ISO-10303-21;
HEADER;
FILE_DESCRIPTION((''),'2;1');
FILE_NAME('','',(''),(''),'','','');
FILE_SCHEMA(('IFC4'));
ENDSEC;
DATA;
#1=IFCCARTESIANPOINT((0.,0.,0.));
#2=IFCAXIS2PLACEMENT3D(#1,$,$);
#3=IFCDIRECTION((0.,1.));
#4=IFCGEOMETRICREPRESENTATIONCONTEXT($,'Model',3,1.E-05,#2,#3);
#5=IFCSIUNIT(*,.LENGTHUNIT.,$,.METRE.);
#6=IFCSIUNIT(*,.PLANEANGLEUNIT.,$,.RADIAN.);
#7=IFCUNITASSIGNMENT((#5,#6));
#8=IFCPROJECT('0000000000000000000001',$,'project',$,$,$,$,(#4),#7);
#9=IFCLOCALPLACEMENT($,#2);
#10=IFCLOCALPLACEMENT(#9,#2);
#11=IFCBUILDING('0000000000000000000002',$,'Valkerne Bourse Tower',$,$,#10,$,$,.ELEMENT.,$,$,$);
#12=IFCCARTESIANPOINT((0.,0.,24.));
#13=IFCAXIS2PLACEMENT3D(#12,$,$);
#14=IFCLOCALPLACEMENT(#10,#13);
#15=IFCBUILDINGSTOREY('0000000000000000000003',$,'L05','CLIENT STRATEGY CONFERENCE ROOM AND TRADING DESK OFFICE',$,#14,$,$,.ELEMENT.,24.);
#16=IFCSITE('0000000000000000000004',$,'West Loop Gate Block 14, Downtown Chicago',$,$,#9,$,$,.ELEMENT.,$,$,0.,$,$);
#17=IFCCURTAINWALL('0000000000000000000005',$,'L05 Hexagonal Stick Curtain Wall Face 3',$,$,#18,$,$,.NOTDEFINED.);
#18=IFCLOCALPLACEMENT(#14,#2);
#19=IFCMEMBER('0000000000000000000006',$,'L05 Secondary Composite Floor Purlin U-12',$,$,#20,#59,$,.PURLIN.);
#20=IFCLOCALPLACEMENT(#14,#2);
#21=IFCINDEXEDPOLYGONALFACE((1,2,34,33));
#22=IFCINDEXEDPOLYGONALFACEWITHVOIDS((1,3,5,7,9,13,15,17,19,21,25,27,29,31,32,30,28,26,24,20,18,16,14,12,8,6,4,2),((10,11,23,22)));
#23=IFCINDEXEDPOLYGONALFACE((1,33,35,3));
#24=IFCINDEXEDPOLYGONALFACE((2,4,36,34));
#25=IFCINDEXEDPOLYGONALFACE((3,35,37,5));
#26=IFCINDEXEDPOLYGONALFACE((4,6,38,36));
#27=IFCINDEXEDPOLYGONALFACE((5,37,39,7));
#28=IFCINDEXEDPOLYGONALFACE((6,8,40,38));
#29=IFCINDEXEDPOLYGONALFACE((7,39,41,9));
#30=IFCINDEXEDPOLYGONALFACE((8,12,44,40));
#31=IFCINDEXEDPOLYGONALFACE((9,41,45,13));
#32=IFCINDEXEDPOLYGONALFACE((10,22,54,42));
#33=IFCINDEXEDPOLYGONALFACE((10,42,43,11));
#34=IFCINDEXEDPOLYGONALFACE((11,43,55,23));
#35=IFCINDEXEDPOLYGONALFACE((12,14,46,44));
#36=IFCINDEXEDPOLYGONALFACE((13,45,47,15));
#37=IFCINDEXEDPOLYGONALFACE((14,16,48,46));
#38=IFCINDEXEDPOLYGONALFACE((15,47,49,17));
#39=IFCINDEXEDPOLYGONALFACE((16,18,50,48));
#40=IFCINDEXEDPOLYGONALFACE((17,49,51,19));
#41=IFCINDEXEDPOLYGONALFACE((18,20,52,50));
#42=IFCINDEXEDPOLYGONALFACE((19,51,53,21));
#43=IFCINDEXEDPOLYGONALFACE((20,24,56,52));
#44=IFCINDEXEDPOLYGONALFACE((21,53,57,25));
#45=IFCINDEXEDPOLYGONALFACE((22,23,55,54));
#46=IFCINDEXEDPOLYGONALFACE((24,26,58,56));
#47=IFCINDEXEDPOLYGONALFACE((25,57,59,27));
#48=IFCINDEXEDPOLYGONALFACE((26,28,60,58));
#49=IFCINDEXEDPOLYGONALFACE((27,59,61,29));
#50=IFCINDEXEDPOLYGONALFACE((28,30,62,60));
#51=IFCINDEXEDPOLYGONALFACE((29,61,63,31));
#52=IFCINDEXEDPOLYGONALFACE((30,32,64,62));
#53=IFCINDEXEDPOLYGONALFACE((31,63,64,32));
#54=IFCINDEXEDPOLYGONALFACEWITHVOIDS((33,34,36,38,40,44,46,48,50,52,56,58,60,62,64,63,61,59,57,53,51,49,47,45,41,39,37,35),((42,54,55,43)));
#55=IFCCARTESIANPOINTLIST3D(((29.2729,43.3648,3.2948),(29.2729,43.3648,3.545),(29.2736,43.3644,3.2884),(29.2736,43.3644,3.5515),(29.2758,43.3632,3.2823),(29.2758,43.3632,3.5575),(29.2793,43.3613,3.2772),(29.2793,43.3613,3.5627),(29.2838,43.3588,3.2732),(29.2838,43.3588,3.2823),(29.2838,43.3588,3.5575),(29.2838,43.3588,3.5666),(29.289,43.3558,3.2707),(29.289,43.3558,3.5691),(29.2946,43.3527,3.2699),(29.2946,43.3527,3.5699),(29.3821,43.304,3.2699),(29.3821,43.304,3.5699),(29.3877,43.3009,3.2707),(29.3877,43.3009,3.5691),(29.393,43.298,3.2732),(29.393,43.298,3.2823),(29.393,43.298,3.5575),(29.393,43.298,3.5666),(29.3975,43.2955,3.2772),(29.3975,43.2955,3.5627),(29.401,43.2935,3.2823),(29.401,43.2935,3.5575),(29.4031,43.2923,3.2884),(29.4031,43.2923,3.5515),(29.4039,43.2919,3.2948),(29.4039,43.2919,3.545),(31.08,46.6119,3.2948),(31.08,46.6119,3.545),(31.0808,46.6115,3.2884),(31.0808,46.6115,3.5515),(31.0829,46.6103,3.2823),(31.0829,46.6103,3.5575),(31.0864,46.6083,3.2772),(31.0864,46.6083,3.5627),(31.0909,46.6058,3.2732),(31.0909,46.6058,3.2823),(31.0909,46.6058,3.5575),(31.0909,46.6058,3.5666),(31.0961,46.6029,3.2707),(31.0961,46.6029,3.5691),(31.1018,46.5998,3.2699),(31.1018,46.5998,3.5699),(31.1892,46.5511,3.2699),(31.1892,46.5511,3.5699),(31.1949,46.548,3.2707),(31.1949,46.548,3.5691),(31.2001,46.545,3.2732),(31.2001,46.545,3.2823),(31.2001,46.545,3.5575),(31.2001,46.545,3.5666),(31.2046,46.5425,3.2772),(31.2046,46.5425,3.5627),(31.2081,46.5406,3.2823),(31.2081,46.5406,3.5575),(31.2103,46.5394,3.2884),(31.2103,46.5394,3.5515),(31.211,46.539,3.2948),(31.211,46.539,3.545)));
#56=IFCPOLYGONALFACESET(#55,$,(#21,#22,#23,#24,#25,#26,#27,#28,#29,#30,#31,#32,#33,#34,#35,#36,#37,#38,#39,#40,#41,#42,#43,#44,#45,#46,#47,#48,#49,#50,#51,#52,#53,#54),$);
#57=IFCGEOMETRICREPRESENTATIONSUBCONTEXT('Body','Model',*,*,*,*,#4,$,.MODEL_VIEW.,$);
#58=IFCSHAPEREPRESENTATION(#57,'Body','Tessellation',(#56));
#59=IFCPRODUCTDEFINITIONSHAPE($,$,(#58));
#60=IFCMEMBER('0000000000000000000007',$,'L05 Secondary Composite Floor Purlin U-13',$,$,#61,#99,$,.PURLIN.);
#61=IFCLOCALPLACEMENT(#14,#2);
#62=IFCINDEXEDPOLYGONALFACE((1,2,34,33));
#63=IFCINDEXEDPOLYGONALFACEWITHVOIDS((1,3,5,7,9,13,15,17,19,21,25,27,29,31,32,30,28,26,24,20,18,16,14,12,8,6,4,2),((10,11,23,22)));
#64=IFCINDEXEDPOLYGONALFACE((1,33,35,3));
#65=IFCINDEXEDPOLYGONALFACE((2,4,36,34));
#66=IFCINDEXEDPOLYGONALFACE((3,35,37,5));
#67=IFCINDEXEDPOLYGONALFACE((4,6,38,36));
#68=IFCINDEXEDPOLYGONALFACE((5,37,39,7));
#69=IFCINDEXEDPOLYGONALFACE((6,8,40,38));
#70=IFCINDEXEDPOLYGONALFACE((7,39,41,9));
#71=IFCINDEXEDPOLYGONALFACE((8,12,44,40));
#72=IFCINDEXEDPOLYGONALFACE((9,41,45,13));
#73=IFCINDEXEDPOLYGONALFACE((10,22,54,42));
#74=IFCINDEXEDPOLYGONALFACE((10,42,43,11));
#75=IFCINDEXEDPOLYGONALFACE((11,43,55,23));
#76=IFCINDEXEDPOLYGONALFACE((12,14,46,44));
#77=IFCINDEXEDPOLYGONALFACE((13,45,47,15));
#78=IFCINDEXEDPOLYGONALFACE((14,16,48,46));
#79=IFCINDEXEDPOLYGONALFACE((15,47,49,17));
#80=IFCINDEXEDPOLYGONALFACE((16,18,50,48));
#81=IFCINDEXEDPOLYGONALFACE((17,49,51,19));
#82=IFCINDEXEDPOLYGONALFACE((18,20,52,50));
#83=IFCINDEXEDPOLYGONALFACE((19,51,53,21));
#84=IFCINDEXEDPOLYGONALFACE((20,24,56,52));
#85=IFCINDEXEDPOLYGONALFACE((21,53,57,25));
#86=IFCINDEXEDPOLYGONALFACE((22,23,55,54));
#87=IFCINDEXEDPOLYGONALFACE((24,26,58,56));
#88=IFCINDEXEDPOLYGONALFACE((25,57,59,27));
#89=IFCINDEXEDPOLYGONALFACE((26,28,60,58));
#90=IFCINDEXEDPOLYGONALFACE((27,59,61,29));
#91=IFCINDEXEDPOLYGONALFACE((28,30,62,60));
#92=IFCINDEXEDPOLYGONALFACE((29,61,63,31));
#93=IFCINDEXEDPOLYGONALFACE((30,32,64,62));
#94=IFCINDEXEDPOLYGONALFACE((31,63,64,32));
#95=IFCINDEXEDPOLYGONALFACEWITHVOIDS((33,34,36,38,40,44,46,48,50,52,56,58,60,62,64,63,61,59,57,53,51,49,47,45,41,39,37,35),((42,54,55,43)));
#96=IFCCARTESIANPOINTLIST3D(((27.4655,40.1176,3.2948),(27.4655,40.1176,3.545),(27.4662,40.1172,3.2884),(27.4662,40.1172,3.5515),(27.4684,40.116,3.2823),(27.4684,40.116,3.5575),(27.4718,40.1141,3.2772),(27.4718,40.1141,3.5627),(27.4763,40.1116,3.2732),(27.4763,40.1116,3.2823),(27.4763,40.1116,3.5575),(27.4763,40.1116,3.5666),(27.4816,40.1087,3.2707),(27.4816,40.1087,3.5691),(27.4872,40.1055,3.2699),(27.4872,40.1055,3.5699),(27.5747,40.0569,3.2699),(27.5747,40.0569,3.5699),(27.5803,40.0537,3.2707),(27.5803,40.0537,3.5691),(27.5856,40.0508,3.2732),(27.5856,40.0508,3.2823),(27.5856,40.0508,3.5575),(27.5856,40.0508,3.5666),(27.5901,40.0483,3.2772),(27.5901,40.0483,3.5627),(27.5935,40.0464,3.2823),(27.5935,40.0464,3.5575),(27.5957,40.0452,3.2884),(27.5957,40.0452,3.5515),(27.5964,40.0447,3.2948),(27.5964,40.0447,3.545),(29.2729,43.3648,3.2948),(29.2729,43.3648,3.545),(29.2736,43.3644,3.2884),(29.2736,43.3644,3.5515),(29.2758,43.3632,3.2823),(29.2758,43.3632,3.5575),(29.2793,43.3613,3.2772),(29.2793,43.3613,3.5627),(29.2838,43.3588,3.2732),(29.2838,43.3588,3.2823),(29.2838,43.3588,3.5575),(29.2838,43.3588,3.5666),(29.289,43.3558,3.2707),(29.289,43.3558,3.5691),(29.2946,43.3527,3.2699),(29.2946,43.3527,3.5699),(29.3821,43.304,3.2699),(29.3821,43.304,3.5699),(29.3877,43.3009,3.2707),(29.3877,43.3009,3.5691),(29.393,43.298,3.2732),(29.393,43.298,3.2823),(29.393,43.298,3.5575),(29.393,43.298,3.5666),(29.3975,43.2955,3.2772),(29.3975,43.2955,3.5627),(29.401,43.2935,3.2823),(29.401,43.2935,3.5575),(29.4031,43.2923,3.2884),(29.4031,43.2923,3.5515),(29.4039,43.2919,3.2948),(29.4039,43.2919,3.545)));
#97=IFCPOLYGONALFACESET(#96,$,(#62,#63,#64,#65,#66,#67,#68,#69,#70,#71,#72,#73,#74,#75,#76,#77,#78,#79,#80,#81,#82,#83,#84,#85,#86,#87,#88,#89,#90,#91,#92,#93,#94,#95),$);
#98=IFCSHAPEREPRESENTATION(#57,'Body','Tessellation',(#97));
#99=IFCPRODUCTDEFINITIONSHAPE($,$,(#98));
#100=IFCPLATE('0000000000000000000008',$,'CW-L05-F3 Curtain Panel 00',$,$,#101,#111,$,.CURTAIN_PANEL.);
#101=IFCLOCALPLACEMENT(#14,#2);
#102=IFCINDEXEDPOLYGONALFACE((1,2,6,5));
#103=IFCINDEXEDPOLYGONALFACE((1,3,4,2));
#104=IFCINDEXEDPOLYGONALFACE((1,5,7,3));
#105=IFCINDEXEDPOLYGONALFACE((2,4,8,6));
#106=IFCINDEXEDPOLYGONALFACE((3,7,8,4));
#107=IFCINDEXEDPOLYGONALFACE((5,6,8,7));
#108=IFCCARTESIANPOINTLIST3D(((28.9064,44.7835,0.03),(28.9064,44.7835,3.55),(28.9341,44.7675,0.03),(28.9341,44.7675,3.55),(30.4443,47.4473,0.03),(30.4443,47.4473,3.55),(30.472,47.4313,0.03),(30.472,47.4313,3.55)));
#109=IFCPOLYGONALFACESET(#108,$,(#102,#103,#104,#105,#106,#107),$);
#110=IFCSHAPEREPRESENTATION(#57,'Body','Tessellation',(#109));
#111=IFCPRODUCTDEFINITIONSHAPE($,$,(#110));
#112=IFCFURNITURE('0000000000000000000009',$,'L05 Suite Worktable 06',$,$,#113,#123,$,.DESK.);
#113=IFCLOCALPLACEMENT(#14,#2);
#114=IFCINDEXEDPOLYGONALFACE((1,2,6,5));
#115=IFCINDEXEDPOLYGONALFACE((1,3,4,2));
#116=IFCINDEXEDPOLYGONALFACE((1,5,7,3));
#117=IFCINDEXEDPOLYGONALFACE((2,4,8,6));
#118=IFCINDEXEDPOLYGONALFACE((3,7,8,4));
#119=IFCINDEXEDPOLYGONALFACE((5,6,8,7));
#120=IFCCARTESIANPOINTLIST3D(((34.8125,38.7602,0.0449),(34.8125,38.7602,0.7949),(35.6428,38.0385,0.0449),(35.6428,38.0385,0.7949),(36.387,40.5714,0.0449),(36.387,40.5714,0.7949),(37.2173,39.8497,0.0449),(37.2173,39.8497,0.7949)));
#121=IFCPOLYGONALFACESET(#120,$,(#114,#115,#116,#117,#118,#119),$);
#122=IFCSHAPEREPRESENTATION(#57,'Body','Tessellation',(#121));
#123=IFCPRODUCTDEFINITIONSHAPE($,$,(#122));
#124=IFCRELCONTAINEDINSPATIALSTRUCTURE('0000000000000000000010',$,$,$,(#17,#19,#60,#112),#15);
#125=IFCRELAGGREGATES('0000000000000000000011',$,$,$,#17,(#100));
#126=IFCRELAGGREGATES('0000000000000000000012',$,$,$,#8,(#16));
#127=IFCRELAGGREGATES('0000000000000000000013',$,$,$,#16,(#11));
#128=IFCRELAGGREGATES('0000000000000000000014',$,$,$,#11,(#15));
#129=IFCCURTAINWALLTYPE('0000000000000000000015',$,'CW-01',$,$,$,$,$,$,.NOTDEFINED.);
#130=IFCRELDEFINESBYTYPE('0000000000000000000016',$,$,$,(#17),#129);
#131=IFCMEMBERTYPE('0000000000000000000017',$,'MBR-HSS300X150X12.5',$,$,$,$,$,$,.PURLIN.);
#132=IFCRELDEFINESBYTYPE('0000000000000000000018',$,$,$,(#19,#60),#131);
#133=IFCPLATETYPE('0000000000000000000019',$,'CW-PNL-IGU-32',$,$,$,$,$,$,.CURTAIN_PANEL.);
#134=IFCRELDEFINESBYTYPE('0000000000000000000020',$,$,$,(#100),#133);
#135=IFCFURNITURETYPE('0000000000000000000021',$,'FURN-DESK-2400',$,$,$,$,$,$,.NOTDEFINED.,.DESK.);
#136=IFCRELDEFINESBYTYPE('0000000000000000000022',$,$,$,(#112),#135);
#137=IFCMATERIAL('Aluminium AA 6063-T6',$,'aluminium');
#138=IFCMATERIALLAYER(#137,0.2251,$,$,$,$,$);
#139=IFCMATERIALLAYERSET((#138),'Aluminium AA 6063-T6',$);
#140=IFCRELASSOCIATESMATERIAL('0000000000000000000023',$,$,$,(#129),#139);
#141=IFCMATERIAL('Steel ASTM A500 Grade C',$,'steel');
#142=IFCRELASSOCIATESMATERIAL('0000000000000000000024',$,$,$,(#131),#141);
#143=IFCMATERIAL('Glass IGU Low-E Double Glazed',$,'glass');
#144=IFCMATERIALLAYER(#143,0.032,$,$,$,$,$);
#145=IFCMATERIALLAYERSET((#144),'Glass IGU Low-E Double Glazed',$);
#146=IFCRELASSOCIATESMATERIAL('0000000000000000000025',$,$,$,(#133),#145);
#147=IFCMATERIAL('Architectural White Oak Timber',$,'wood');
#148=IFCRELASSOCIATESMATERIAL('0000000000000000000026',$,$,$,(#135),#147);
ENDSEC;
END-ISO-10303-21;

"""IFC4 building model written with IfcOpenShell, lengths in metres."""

from ifc_helpers import new_model, si_unit, direction, frame, origin, origin_2d, place, context, subcontext, project, spatial, rectangle, hollow_rectangle, extrude, material, layer, layer_set, material_profile, profile_set, type_object, element, aggregate, save


model = new_model("IFC4")

# Units and contexts
model_context = context("Model", 3, precision=1e-05, world=origin(), true_north=direction((0.0, 1.0)))
body_context = subcontext(model_context, "Body", "Model", "MODEL_VIEW")
ifc_project = project(units=[si_unit("LENGTHUNIT", "METRE"), si_unit("PLANEANGLEUNIT", "RADIAN")], contexts=[model_context])

# Site, building, storey
site_placement = place(None, origin())
site = spatial("IfcSite", under=ifc_project, at=site_placement, Name="West Loop Gate Block 14, Downtown Chicago", CompositionType="ELEMENT", RefElevation=0.0)
building_placement = place(site_placement, origin())
building = spatial("IfcBuilding", under=site, at=building_placement, Name="Valkerne Bourse Tower", CompositionType="ELEMENT")
storey_placement = place(building_placement, frame((0.0, 0.0, 24.0)))
storey = spatial("IfcBuildingStorey", under=building, at=storey_placement, Name="L05", Description="CLIENT STRATEGY CONFERENCE ROOM AND TRADING DESK OFFICE", CompositionType="ELEMENT", Elevation=24.0)

# Curtain wall
ifc_material_1 = material(Name="Aluminium AA 6063-T6", Category="aluminium")
ifc_layer_1 = layer(ifc_material_1, 0.2251)
ifc_layer_set_1 = layer_set([ifc_layer_1], Name="Aluminium AA 6063-T6")
curtain_wall_type = type_object("IfcCurtainWallType", Name="CW-01", PredefinedType="NOTDEFINED", material=ifc_layer_set_1)
curtain_wall_placement = place(storey_placement, origin())
curtain_wall = element("IfcCurtainWall", 1, at=curtain_wall_placement, inside=storey, type_object=curtain_wall_type, Name="L05 Hexagonal Stick Curtain Wall Face 3", PredefinedType="NOTDEFINED")

# Members
ifc_material_2 = material(Name="Steel ASTM A500 Grade C", Category="steel")
ifc_material_profile_1 = material_profile(ifc_material_2, hollow_rectangle(XDim=0.1499, YDim=0.3, WallThickness=0.0125, OuterFilletRadius=0.0249, at=origin_2d()), Name="HSS300X150X12.5")
ifc_profile_set_1 = profile_set([ifc_material_profile_1], Name="Steel ASTM A500 Grade C")
member_type_1 = type_object("IfcMemberType", Name="MBR-HSS300X150X12.5", PredefinedType="PURLIN", material=ifc_profile_set_1)
member_1_placement = place(storey_placement, frame((31.1455, 46.5754, 3.4199), z_axis=(-0.486301, -0.873791, 0.0), x_axis=(0.873791, -0.486301, 0.0)))
element("IfcMember", 2, at=member_1_placement, inside=storey, type_object=member_type_1, Name="L05 Secondary Composite Floor Purlin U-12", PredefinedType="PURLIN", context=body_context, shape_type="SweptSolid", body=[
    extrude(hollow_rectangle(XDim=0.1499, YDim=0.3, WallThickness=0.0125, OuterFilletRadius=0.0249, at=origin_2d()), origin(), (0.0, 0.0, 1.0), 3.7161),
])
member_2_placement = place(storey_placement, frame((29.3384, 43.3284, 3.4199), z_axis=(-0.486351, -0.873763, 0.0), x_axis=(0.873763, -0.486351, 0.0)))
element("IfcMember", 3, at=member_2_placement, inside=storey, type_object=member_type_1, Name="L05 Secondary Composite Floor Purlin U-13", PredefinedType="PURLIN", context=body_context, shape_type="SweptSolid", body=[
    extrude(hollow_rectangle(XDim=0.1499, YDim=0.3, WallThickness=0.0125, OuterFilletRadius=0.0249, at=origin_2d()), origin(), (0.0, 0.0, 1.0), 3.7163),
])

# Plate
ifc_material_3 = material(Name="Glass IGU Low-E Double Glazed", Category="glass")
ifc_layer_2 = layer(ifc_material_3, 0.032)
ifc_layer_set_2 = layer_set([ifc_layer_2], Name="Glass IGU Low-E Double Glazed")
plate_type = type_object("IfcPlateType", Name="CW-PNL-IGU-32", PredefinedType="CURTAIN_PANEL", material=ifc_layer_set_2)
plate_placement = place(storey_placement, frame((29.6892, 46.1074, 0.03), z_axis=(0.0, 0.0, 1.0), x_axis=(-0.500004, -0.866023, 0.0)))
plate = element("IfcPlate", 4, at=plate_placement, type_object=plate_type, Name="CW-L05-F3 Curtain Panel 00", PredefinedType="CURTAIN_PANEL", context=body_context, shape_type="SweptSolid", body=[
    extrude(rectangle(XDim=3.0759, YDim=0.032, at=origin_2d()), origin(), (0.0, 0.0, 1.0), 3.52),
])
aggregate(curtain_wall, [plate])

# Furniture
ifc_material_4 = material(Name="Architectural White Oak Timber", Category="wood")
furniture_type = type_object("IfcFurnitureType", Name="FURN-DESK-2400", AssemblyPlace="NOTDEFINED", PredefinedType="DESK", material=ifc_material_4)
furniture_placement = place(storey_placement, frame((36.0149, 39.3049, 0.0449), z_axis=(0.0, 0.0, 1.0), x_axis=(0.656059, 0.75471, 0.0)))
element("IfcFurniture", 5, at=furniture_placement, inside=storey, type_object=furniture_type, Name="L05 Suite Worktable 06", PredefinedType="DESK", context=body_context, shape_type="SweptSolid", body=[
    extrude(rectangle(XDim=2.3999, YDim=1.1001, at=origin_2d()), origin(), (0.0, 0.0, 1.0), 0.75),
])

save(model, "model.ifc")
